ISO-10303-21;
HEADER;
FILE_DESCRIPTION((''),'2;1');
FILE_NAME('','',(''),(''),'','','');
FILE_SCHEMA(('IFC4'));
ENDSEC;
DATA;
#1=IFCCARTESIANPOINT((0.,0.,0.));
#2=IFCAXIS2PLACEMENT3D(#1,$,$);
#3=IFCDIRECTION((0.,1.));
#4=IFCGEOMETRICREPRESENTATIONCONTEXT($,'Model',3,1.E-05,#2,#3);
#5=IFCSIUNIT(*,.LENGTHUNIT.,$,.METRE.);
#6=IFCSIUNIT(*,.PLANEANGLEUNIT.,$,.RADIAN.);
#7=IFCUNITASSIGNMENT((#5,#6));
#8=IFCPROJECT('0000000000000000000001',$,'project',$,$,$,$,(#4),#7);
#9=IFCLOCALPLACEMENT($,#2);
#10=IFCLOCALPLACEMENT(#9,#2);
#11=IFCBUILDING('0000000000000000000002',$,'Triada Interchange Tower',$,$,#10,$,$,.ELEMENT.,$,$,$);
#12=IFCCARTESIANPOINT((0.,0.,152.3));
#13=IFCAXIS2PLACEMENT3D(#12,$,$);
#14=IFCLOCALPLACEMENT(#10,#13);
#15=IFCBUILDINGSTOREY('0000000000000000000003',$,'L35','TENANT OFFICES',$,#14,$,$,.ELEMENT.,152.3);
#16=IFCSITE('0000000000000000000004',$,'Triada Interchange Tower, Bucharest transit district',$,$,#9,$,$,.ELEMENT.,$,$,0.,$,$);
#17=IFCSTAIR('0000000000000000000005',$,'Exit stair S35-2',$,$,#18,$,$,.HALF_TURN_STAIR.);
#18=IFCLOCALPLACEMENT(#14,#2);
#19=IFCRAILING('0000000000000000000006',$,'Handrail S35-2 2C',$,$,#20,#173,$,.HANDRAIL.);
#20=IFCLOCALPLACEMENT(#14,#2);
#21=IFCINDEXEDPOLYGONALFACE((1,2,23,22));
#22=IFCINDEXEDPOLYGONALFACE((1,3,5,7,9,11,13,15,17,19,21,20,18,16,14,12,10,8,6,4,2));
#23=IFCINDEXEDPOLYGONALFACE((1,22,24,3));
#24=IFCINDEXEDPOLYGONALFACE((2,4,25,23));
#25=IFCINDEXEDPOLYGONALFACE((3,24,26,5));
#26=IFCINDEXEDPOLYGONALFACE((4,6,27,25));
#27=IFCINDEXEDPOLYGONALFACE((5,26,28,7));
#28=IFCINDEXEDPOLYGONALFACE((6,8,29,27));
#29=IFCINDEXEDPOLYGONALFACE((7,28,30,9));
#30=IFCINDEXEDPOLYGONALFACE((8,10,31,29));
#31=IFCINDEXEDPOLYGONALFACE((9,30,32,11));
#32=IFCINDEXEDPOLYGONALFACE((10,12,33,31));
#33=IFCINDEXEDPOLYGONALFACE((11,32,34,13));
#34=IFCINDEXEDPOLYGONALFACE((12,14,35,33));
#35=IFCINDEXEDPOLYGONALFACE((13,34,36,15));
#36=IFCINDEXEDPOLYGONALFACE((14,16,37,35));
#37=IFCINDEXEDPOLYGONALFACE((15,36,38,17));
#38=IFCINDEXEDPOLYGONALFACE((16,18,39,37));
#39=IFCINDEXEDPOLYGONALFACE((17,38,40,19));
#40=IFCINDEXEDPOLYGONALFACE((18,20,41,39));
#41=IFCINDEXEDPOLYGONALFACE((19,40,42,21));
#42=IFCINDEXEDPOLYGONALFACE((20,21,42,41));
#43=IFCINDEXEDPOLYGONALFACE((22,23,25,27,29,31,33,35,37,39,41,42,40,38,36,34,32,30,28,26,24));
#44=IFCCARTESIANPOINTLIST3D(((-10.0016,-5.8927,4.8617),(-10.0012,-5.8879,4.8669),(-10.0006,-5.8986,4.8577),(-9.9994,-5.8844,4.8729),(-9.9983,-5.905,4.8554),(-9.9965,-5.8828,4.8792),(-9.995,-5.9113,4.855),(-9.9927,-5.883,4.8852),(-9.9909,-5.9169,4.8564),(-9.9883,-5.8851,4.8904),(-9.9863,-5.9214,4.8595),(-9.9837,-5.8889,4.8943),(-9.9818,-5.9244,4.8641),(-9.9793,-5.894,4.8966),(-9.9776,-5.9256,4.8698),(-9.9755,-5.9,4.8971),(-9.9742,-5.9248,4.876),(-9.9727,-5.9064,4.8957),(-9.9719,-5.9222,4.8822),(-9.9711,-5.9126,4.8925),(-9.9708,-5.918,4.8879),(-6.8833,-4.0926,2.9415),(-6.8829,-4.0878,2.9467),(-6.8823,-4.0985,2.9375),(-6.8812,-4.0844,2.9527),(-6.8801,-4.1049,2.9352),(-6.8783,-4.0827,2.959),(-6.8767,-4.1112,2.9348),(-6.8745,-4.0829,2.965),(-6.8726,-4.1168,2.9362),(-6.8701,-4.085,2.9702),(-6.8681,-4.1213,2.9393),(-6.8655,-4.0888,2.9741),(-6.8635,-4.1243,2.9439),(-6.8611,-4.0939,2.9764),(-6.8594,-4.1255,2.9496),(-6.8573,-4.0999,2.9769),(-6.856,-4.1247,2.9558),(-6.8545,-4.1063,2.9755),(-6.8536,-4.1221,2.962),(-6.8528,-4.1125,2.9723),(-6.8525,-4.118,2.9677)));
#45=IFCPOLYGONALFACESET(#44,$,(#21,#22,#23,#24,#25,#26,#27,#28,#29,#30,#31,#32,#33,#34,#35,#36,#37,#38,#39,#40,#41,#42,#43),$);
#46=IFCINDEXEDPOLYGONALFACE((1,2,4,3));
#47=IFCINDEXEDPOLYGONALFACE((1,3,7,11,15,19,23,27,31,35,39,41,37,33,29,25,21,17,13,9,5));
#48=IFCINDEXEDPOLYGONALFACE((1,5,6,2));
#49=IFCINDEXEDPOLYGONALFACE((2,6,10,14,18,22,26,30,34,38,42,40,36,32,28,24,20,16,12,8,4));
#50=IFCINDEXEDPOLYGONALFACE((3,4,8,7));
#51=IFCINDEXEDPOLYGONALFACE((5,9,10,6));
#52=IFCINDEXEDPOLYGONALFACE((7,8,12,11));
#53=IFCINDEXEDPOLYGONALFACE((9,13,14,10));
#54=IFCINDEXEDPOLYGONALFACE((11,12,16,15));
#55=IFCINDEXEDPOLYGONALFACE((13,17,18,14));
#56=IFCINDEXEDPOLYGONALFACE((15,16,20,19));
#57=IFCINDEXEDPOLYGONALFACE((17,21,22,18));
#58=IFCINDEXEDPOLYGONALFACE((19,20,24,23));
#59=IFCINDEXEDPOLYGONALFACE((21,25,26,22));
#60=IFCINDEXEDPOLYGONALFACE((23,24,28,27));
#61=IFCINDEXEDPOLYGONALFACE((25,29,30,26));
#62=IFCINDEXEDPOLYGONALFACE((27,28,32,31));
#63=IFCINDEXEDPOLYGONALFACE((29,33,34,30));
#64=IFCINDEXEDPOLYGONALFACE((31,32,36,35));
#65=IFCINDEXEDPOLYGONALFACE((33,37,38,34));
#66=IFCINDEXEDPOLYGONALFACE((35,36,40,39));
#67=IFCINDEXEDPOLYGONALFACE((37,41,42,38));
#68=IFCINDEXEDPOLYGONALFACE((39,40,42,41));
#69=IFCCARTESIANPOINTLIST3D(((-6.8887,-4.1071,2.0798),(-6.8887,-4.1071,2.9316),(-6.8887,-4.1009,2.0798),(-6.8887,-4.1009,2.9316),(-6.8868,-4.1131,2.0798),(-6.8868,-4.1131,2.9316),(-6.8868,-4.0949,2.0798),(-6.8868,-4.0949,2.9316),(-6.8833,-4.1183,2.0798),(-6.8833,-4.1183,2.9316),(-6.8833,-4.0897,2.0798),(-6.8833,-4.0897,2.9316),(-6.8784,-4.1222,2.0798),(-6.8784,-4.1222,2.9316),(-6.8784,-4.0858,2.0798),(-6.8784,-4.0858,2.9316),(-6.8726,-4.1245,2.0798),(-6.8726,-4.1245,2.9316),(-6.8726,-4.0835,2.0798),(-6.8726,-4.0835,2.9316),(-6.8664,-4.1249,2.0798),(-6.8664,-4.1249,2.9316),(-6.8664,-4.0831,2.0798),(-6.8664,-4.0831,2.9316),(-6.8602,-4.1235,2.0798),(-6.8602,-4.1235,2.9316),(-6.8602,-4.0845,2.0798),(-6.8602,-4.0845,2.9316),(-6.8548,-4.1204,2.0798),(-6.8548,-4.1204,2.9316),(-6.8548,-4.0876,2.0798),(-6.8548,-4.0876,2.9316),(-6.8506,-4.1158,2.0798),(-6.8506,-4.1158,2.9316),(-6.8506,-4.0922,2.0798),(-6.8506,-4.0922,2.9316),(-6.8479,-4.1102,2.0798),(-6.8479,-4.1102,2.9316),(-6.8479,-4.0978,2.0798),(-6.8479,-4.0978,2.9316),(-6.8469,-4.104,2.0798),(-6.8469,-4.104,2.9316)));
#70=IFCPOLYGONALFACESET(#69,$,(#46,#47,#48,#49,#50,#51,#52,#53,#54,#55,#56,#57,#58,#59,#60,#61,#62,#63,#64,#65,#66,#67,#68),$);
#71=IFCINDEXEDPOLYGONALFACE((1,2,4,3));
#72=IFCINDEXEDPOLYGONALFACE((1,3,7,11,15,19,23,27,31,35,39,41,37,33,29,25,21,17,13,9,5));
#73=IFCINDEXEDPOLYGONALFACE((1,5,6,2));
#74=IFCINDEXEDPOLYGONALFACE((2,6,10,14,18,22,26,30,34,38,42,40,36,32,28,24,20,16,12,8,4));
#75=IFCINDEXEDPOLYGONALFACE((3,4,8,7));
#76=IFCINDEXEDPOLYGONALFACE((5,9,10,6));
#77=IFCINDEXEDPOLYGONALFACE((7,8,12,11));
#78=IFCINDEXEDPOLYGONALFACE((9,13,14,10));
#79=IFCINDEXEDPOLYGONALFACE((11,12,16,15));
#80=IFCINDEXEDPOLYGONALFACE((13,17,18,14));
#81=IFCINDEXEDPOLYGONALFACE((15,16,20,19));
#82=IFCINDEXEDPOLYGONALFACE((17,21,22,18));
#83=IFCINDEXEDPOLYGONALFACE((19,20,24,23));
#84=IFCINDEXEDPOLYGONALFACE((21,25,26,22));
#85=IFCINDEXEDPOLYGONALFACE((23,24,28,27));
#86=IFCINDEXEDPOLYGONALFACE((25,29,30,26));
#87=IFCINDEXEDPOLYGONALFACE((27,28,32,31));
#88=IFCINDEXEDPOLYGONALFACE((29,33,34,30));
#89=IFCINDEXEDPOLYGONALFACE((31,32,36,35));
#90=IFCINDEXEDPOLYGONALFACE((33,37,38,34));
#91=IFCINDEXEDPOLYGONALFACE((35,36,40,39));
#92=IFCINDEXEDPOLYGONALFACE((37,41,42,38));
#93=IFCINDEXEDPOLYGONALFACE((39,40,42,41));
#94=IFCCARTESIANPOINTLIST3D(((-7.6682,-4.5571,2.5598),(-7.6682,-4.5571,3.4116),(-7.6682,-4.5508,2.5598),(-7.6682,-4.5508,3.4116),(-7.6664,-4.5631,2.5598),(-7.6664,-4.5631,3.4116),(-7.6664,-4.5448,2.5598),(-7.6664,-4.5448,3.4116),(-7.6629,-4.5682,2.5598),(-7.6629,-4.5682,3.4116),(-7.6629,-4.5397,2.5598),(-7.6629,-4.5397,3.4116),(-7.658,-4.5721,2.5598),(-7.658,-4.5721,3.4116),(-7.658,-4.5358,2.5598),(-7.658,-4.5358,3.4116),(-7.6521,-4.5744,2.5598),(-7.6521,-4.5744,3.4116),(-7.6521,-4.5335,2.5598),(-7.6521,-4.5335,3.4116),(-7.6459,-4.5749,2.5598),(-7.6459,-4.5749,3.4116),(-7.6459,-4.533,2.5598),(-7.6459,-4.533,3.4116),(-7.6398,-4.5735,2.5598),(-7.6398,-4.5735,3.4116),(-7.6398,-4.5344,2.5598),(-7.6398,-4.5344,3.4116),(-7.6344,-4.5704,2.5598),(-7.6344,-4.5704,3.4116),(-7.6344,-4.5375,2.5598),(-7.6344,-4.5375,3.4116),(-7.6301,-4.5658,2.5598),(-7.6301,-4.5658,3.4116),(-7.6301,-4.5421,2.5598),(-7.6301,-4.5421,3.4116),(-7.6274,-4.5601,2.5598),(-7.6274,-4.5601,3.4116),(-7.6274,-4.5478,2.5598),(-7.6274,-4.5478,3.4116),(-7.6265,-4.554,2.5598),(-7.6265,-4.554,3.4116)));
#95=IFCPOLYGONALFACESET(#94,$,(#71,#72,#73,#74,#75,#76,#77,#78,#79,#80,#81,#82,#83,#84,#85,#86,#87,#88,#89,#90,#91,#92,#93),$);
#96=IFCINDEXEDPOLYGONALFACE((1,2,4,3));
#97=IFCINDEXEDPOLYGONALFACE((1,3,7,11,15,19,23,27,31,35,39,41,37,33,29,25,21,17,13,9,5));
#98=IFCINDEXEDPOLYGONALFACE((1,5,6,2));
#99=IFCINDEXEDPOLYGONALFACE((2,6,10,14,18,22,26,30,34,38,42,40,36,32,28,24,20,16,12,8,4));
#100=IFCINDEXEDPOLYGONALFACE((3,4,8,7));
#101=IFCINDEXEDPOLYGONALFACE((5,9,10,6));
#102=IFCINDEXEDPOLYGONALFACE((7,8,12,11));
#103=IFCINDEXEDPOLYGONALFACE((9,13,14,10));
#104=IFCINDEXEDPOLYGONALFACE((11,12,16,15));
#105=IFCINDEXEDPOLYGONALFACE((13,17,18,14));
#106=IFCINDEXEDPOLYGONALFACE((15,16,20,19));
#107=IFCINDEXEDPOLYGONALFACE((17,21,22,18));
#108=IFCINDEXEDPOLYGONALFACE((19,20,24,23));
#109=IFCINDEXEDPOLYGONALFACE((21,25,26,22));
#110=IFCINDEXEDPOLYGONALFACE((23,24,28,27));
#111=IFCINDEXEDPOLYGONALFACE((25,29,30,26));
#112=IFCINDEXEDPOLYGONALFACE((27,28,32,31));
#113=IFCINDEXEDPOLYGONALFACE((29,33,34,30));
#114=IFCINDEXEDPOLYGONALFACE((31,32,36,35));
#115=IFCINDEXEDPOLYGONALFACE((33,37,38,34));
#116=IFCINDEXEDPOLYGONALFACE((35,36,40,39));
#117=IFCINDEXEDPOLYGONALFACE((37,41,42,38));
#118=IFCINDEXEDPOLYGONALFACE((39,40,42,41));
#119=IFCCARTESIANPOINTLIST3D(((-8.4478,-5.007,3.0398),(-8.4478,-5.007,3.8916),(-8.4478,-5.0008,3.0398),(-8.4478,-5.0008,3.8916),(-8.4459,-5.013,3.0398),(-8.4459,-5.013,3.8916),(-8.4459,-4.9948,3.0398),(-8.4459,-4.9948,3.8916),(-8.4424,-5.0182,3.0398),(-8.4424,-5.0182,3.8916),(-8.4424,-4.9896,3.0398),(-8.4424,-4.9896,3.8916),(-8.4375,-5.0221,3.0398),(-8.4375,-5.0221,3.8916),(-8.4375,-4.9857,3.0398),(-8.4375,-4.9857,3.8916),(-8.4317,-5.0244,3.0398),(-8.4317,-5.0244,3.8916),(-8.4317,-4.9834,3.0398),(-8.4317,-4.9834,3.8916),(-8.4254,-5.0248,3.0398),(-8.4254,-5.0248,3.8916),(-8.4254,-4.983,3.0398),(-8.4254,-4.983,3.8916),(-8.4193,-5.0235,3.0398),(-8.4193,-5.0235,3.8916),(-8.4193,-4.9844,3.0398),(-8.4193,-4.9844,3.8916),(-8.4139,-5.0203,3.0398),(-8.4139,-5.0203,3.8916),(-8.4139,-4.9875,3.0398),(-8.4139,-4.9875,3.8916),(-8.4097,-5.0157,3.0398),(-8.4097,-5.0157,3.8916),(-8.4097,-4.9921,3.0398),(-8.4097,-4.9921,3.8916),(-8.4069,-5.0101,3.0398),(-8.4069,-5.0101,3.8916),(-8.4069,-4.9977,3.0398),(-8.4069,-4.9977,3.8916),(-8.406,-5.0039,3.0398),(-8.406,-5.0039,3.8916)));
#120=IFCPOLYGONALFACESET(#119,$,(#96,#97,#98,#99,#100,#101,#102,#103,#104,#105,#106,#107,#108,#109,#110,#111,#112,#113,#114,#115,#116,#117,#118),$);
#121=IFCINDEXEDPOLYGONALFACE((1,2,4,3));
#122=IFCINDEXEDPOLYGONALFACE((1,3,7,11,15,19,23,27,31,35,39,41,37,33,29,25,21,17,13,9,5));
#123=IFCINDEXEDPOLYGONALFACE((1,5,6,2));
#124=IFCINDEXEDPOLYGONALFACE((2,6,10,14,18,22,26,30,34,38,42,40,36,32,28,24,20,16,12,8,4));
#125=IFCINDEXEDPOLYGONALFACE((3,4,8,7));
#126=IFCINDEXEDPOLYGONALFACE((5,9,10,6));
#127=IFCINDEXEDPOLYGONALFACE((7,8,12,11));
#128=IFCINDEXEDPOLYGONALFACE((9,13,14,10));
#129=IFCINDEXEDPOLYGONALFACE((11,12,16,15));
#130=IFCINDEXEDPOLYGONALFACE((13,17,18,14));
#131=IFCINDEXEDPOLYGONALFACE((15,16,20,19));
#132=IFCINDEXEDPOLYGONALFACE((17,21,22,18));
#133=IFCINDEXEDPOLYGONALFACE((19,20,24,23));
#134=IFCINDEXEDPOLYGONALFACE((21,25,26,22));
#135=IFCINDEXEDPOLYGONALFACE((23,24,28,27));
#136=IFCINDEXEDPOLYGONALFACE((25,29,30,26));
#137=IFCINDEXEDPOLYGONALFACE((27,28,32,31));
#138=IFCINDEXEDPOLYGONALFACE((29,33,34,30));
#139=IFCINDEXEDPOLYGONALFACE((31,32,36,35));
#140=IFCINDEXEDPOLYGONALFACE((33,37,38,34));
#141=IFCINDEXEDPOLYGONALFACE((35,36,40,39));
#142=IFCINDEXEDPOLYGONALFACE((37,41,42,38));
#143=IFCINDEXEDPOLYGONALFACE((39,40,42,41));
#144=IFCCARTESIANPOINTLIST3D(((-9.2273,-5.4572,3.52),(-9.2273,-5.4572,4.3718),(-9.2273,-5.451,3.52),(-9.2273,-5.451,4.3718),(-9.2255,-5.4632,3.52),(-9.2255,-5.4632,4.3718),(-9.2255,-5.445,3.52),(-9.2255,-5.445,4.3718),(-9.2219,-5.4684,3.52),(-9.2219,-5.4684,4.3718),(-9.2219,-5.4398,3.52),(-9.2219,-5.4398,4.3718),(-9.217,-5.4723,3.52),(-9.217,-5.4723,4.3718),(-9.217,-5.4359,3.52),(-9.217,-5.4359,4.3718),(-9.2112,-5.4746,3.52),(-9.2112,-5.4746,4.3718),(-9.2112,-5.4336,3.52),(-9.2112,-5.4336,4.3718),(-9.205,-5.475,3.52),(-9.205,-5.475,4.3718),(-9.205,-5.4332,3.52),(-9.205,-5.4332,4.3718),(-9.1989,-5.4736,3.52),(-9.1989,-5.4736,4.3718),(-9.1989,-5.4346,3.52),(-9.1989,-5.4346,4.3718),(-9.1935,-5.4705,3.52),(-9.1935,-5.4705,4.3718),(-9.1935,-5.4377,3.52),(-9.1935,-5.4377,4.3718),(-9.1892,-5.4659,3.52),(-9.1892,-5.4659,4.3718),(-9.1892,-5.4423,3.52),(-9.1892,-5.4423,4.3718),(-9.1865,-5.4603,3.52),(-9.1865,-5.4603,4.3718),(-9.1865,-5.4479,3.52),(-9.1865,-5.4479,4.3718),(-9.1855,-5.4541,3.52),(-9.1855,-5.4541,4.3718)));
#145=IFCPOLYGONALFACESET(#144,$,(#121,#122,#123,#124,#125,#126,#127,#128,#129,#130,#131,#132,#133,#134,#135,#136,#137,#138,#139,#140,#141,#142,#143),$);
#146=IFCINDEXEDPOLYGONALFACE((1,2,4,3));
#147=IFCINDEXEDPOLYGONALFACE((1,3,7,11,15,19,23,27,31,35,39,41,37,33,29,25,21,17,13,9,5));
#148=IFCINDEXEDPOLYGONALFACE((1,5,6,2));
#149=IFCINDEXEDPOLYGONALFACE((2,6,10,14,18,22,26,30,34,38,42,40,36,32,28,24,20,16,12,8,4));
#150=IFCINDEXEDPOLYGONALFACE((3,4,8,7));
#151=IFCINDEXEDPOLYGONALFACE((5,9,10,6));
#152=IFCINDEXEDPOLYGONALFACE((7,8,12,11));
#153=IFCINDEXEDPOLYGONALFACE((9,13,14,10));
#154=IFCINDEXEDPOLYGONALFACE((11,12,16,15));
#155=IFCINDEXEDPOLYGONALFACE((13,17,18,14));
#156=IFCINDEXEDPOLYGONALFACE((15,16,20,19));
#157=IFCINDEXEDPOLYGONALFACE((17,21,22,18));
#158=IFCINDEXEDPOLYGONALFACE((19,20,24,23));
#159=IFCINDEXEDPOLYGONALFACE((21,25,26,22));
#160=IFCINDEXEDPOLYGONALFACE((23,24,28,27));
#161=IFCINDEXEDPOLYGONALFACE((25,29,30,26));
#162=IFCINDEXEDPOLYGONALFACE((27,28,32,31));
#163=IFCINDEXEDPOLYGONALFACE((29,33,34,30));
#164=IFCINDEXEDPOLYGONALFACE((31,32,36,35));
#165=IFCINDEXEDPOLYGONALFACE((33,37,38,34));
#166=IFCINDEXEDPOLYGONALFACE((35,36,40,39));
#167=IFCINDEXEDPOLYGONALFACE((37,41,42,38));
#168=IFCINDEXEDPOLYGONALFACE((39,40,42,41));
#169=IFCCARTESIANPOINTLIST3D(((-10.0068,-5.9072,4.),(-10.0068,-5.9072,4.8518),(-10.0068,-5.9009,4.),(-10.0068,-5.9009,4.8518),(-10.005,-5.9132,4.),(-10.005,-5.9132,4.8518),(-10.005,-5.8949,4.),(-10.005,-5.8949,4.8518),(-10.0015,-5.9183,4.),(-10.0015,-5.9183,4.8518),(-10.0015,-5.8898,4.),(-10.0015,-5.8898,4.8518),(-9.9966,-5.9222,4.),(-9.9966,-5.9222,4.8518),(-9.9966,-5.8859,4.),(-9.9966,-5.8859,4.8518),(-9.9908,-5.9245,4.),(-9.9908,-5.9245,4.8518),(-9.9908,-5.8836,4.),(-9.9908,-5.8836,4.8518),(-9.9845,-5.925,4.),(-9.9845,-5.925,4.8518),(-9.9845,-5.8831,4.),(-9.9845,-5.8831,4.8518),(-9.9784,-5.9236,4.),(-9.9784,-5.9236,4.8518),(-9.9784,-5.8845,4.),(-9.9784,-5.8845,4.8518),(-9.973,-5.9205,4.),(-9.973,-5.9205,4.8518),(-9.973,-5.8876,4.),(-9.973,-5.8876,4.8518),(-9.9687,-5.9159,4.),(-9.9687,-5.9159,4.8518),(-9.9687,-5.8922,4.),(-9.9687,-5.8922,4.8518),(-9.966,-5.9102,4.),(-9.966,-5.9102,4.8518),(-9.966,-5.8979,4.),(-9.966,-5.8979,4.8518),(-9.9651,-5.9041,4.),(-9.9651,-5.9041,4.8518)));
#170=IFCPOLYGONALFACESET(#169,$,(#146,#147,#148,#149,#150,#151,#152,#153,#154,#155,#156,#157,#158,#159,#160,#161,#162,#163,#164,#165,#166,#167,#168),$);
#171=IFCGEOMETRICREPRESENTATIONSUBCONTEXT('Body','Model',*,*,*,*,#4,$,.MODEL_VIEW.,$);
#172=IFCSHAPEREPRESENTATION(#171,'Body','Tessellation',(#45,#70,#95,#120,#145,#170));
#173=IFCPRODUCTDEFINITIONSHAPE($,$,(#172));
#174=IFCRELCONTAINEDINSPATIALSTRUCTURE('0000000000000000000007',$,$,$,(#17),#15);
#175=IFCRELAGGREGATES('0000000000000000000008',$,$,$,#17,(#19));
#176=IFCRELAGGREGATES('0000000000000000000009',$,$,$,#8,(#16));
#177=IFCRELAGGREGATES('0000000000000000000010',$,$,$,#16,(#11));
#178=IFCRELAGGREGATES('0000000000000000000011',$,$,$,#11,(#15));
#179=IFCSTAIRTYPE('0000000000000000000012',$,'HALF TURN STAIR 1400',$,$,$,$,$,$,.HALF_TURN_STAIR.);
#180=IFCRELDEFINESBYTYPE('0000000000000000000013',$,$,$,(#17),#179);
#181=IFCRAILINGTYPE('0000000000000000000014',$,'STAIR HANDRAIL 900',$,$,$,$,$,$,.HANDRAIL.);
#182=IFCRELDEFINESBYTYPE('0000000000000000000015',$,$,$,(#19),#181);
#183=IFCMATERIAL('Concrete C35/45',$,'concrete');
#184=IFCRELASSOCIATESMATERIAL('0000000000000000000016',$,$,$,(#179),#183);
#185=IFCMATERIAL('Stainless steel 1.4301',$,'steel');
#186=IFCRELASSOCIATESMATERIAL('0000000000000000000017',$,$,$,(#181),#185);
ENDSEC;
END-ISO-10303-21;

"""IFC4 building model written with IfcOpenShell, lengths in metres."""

from ifc_helpers import new_model, si_unit, direction, frame, origin, origin_2d, place, context, subcontext, project, spatial, circle, extrude, material, type_object, element, aggregate, save


model = new_model("IFC4")

# Units and contexts
model_context = context("Model", 3, precision=1e-05, world=origin(), true_north=direction((0.0, 1.0)))
body_context = subcontext(model_context, "Body", "Model", "MODEL_VIEW")
ifc_project = project(units=[si_unit("LENGTHUNIT", "METRE"), si_unit("PLANEANGLEUNIT", "RADIAN")], contexts=[model_context])

# Site, building, storey
site_placement = place(None, origin())
site = spatial("IfcSite", under=ifc_project, at=site_placement, Name="Triada Interchange Tower, Bucharest transit district", CompositionType="ELEMENT", RefElevation=0.0)
building_placement = place(site_placement, origin())
building = spatial("IfcBuilding", under=site, at=building_placement, Name="Triada Interchange Tower", CompositionType="ELEMENT")
storey_placement = place(building_placement, frame((0.0, 0.0, 152.3)))
storey = spatial("IfcBuildingStorey", under=building, at=storey_placement, Name="L35", Description="TENANT OFFICES", CompositionType="ELEMENT", Elevation=152.3)

# Stair, railing
ifc_material_1 = material(Name="Concrete C35/45", Category="concrete")
stair_type = type_object("IfcStairType", Name="HALF TURN STAIR 1400", PredefinedType="HALF_TURN_STAIR", material=ifc_material_1)
stair_placement = place(storey_placement, origin())
stair = element("IfcStair", 1, at=stair_placement, inside=storey, type_object=stair_type, Name="Exit stair S35-2", PredefinedType="HALF_TURN_STAIR")
ifc_material_2 = material(Name="Stainless steel 1.4301", Category="steel")
railing_type = type_object("IfcRailingType", Name="STAIR HANDRAIL 900", PredefinedType="HANDRAIL", material=ifc_material_2)
railing_1_placement = place(storey_placement, frame((-6.8679, -4.104, 2.0798)))
railing_1 = element("IfcRailing", 2, at=railing_1_placement, type_object=railing_type, Name="Handrail S35-2 2C", PredefinedType="HANDRAIL", context=body_context, shape_type="SweptSolid", body=[
    extrude(circle(Radius=0.0239, at=origin_2d()), frame((0.0, 0.0, 0.876), z_axis=(-0.76417, -0.441139, 0.470576), x_axis=(0.499953, -0.866052, 0.0)), (0.0, 0.0, 1.0), 4.0806),
    extrude(circle(Radius=0.021, at=origin_2d()), origin(), (0.0, 0.0, 1.0), 0.8518),
    extrude(circle(Radius=0.021, at=origin_2d()), frame((-0.7795, -0.45, 0.48)), (0.0, 0.0, 1.0), 0.8518),
    extrude(circle(Radius=0.021, at=origin_2d()), frame((-1.5591, -0.8999, 0.96)), (0.0, 0.0, 1.0), 0.8518),
    extrude(circle(Radius=0.021, at=origin_2d()), frame((-2.3386, -1.3501, 1.4402)), (0.0, 0.0, 1.0), 0.8518),
    extrude(circle(Radius=0.021, at=origin_2d()), frame((-3.1182, -1.8, 1.9202)), (0.0, 0.0, 1.0), 0.8518),
])
aggregate(stair, [railing_1])

save(model, "model.ifc")
